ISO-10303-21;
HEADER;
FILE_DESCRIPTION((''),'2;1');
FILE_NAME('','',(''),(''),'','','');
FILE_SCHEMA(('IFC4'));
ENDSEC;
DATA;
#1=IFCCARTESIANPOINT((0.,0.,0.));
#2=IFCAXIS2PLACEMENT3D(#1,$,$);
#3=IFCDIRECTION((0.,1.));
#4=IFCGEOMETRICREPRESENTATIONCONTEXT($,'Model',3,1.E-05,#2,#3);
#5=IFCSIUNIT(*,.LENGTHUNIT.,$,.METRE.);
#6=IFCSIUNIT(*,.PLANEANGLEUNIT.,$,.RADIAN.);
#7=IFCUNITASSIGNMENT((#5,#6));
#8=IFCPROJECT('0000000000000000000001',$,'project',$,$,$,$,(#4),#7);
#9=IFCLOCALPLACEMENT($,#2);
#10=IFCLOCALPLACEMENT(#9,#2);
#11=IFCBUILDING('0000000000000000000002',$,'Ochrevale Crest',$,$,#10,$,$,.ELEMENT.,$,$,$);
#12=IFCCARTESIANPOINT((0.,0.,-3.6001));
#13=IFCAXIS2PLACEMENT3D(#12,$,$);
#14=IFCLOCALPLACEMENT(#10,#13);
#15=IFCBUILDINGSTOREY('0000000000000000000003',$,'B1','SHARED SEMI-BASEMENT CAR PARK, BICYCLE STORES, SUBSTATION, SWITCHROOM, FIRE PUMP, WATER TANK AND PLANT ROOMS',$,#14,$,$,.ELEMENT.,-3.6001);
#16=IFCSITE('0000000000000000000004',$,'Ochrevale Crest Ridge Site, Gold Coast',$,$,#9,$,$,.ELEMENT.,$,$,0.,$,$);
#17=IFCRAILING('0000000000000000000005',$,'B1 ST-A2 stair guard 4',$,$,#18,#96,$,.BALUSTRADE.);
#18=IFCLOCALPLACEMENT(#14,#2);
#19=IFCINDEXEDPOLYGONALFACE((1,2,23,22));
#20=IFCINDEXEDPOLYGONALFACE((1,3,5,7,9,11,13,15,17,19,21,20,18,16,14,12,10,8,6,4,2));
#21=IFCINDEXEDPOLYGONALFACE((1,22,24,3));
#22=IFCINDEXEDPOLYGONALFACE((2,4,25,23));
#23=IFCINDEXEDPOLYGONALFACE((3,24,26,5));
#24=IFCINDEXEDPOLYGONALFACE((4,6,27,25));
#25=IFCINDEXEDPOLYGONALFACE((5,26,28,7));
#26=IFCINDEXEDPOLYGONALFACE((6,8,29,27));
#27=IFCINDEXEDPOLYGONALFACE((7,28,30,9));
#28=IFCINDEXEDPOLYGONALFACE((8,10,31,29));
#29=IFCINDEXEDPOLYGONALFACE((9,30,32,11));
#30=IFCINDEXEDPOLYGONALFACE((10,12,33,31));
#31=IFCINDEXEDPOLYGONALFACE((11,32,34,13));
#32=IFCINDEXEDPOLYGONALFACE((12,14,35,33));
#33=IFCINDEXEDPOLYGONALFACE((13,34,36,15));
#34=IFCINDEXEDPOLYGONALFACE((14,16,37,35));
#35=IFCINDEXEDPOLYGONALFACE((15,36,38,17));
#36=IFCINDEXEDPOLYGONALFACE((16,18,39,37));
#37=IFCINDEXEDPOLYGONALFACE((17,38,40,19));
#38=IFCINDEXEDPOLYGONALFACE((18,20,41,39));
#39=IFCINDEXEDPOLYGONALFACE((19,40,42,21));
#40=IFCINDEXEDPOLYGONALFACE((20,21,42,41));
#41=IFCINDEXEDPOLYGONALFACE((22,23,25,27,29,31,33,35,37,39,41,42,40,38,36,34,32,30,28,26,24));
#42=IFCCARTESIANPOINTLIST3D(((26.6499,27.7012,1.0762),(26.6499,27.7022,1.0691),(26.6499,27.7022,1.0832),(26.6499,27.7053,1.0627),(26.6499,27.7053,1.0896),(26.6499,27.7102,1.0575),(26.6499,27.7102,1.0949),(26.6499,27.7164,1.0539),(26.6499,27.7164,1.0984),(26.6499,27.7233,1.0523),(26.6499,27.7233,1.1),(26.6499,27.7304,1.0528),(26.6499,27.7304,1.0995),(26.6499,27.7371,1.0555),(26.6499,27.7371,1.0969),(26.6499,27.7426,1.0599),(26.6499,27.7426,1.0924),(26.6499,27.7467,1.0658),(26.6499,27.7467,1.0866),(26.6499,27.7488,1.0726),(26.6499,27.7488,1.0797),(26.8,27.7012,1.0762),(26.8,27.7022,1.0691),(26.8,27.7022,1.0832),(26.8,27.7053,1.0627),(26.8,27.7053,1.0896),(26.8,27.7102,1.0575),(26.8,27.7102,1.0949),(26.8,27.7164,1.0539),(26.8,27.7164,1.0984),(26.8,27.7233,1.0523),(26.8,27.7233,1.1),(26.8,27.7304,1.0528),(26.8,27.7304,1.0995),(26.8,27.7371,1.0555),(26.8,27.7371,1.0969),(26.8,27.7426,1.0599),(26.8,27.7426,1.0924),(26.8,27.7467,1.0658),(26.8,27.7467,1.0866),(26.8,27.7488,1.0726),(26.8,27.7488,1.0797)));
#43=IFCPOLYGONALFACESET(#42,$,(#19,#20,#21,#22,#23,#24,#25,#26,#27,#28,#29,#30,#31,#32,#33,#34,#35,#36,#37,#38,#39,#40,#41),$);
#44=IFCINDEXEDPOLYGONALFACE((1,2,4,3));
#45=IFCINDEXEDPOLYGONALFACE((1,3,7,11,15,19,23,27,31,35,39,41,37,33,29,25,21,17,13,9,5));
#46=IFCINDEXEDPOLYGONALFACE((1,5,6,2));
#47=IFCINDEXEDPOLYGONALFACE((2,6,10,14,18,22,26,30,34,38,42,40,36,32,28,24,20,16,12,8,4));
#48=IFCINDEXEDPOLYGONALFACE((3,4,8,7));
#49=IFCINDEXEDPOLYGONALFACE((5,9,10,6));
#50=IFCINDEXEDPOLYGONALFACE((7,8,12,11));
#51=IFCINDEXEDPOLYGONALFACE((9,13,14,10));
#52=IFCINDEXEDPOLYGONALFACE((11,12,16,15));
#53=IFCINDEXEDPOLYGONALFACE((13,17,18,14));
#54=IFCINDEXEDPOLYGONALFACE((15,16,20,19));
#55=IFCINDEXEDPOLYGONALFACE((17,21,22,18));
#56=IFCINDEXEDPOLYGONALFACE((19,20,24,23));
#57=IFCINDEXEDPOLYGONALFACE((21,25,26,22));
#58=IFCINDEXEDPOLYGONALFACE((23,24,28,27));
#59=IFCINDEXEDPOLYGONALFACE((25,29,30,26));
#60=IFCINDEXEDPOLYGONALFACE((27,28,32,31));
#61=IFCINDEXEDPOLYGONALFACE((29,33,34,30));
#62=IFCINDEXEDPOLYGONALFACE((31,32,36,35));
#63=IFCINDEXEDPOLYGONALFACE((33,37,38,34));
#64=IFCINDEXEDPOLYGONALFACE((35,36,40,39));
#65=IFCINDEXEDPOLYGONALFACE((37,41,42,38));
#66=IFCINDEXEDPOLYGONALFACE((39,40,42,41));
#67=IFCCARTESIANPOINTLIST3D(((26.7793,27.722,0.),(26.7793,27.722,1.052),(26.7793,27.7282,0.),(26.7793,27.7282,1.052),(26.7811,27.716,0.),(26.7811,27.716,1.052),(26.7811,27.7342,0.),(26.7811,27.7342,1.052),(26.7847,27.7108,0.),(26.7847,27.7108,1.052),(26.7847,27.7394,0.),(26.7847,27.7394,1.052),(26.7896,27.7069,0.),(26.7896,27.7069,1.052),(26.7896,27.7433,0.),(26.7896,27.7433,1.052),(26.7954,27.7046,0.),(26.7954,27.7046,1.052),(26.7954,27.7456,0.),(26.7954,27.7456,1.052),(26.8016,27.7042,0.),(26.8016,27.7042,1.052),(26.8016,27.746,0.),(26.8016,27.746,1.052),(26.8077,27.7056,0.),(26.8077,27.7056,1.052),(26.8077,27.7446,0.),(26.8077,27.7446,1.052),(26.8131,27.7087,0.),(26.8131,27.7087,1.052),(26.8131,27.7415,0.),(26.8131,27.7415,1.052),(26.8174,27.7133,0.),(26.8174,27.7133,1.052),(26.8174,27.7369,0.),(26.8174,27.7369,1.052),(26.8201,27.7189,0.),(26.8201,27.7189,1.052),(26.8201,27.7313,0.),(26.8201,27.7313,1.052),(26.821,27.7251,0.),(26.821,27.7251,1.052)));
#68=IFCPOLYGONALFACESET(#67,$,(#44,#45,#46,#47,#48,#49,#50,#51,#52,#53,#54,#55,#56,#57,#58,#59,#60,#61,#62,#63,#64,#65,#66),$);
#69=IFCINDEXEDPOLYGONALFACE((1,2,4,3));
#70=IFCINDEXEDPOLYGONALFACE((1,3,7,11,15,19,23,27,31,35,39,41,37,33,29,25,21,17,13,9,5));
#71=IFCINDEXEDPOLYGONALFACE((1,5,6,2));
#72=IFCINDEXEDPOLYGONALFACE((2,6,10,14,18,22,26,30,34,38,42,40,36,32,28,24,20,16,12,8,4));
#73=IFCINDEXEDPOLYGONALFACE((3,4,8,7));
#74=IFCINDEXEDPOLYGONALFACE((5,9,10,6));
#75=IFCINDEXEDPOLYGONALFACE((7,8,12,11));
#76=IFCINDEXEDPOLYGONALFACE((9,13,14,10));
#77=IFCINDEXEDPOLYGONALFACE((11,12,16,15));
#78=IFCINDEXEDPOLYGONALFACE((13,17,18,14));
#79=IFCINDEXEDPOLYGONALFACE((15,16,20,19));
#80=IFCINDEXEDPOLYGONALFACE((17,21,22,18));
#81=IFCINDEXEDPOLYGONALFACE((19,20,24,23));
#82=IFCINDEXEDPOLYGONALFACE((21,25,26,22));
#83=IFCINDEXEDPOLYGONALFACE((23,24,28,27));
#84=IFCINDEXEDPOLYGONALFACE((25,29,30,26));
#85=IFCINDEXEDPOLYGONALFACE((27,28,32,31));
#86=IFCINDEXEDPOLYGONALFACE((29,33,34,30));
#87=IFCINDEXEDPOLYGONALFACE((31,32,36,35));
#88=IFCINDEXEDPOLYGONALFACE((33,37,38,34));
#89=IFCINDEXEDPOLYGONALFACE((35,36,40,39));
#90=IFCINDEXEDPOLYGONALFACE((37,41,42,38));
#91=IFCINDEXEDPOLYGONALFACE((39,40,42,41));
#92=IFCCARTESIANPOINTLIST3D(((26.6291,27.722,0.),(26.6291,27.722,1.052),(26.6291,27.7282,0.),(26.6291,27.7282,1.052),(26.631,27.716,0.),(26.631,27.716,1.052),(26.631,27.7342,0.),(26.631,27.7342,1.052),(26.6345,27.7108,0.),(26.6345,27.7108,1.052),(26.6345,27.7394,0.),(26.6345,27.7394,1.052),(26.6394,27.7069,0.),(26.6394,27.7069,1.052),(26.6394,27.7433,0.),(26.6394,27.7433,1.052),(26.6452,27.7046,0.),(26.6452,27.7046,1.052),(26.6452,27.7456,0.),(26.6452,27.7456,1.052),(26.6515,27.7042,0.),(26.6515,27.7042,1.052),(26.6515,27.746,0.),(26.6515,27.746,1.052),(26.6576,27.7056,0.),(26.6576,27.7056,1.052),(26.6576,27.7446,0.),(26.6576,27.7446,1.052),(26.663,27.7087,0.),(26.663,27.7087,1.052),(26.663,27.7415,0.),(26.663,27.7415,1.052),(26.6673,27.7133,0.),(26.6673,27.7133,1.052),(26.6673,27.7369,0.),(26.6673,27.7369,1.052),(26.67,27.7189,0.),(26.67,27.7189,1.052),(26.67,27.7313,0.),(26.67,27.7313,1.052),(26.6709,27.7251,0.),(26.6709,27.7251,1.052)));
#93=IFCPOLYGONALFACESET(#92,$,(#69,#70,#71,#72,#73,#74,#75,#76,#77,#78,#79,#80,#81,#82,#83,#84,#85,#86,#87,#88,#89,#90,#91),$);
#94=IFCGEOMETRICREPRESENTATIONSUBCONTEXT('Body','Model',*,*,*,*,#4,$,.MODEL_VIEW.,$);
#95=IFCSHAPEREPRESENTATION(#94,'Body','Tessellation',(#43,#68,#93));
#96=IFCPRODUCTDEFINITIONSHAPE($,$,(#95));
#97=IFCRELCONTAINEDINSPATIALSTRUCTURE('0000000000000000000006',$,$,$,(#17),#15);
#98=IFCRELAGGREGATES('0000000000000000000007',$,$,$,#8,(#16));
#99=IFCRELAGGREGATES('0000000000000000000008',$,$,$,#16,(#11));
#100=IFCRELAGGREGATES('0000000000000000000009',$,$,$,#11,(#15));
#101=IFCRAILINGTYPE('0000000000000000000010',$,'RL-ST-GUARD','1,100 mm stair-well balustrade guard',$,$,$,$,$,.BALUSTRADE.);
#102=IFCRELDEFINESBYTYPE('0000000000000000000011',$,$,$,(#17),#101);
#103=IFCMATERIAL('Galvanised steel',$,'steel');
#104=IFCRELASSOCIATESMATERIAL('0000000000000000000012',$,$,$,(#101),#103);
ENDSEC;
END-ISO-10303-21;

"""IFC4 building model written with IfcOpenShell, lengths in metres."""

from ifc_helpers import new_model, si_unit, direction, frame, origin, origin_2d, place, context, subcontext, project, spatial, circle, extrude, material, type_object, element, save


model = new_model("IFC4")

# Units and contexts
model_context = context("Model", 3, precision=1e-05, world=origin(), true_north=direction((0.0, 1.0)))
body_context = subcontext(model_context, "Body", "Model", "MODEL_VIEW")
ifc_project = project(units=[si_unit("LENGTHUNIT", "METRE"), si_unit("PLANEANGLEUNIT", "RADIAN")], contexts=[model_context])

# Site, building, storey
site_placement = place(None, origin())
site = spatial("IfcSite", under=ifc_project, at=site_placement, Name="Ochrevale Crest Ridge Site, Gold Coast", CompositionType="ELEMENT", RefElevation=0.0)
building_placement = place(site_placement, origin())
building = spatial("IfcBuilding", under=site, at=building_placement, Name="Ochrevale Crest", CompositionType="ELEMENT")
storey_placement = place(building_placement, frame((0.0, 0.0, -3.6001)))
storey = spatial("IfcBuildingStorey", under=building, at=storey_placement, Name="B1", Description="SHARED SEMI-BASEMENT CAR PARK, BICYCLE STORES, SUBSTATION, SWITCHROOM, FIRE PUMP, WATER TANK AND PLANT ROOMS", CompositionType="ELEMENT", Elevation=-3.6001)

# Railing
ifc_material_1 = material(Name="Galvanised steel", Category="steel")
railing_type_1 = type_object("IfcRailingType", Name="RL-ST-GUARD", Description="1,100 mm stair-well balustrade guard", PredefinedType="BALUSTRADE", material=ifc_material_1)
railing_1_placement = place(storey_placement, frame((26.8, 27.7251, 0.0)))
element("IfcRailing", 1, at=railing_1_placement, inside=storey, type_object=railing_type_1, Name="B1 ST-A2 stair guard 4", PredefinedType="BALUSTRADE", context=body_context, shape_type="SweptSolid", body=[
    extrude(circle(Radius=0.0239, at=origin_2d()), frame((0.0, 0.0, 1.0762), z_axis=(-1.0, 0.0, 0.0), x_axis=(0.0, -1.0, 0.0)), (0.0, 0.0, 1.0), 0.1501),
    extrude(circle(Radius=0.021, at=origin_2d()), origin(), (0.0, 0.0, 1.0), 1.052),
    extrude(circle(Radius=0.021, at=origin_2d()), frame((-0.1501, 0.0, 0.0)), (0.0, 0.0, 1.0), 1.052),
])

save(model, "model.ifc")
